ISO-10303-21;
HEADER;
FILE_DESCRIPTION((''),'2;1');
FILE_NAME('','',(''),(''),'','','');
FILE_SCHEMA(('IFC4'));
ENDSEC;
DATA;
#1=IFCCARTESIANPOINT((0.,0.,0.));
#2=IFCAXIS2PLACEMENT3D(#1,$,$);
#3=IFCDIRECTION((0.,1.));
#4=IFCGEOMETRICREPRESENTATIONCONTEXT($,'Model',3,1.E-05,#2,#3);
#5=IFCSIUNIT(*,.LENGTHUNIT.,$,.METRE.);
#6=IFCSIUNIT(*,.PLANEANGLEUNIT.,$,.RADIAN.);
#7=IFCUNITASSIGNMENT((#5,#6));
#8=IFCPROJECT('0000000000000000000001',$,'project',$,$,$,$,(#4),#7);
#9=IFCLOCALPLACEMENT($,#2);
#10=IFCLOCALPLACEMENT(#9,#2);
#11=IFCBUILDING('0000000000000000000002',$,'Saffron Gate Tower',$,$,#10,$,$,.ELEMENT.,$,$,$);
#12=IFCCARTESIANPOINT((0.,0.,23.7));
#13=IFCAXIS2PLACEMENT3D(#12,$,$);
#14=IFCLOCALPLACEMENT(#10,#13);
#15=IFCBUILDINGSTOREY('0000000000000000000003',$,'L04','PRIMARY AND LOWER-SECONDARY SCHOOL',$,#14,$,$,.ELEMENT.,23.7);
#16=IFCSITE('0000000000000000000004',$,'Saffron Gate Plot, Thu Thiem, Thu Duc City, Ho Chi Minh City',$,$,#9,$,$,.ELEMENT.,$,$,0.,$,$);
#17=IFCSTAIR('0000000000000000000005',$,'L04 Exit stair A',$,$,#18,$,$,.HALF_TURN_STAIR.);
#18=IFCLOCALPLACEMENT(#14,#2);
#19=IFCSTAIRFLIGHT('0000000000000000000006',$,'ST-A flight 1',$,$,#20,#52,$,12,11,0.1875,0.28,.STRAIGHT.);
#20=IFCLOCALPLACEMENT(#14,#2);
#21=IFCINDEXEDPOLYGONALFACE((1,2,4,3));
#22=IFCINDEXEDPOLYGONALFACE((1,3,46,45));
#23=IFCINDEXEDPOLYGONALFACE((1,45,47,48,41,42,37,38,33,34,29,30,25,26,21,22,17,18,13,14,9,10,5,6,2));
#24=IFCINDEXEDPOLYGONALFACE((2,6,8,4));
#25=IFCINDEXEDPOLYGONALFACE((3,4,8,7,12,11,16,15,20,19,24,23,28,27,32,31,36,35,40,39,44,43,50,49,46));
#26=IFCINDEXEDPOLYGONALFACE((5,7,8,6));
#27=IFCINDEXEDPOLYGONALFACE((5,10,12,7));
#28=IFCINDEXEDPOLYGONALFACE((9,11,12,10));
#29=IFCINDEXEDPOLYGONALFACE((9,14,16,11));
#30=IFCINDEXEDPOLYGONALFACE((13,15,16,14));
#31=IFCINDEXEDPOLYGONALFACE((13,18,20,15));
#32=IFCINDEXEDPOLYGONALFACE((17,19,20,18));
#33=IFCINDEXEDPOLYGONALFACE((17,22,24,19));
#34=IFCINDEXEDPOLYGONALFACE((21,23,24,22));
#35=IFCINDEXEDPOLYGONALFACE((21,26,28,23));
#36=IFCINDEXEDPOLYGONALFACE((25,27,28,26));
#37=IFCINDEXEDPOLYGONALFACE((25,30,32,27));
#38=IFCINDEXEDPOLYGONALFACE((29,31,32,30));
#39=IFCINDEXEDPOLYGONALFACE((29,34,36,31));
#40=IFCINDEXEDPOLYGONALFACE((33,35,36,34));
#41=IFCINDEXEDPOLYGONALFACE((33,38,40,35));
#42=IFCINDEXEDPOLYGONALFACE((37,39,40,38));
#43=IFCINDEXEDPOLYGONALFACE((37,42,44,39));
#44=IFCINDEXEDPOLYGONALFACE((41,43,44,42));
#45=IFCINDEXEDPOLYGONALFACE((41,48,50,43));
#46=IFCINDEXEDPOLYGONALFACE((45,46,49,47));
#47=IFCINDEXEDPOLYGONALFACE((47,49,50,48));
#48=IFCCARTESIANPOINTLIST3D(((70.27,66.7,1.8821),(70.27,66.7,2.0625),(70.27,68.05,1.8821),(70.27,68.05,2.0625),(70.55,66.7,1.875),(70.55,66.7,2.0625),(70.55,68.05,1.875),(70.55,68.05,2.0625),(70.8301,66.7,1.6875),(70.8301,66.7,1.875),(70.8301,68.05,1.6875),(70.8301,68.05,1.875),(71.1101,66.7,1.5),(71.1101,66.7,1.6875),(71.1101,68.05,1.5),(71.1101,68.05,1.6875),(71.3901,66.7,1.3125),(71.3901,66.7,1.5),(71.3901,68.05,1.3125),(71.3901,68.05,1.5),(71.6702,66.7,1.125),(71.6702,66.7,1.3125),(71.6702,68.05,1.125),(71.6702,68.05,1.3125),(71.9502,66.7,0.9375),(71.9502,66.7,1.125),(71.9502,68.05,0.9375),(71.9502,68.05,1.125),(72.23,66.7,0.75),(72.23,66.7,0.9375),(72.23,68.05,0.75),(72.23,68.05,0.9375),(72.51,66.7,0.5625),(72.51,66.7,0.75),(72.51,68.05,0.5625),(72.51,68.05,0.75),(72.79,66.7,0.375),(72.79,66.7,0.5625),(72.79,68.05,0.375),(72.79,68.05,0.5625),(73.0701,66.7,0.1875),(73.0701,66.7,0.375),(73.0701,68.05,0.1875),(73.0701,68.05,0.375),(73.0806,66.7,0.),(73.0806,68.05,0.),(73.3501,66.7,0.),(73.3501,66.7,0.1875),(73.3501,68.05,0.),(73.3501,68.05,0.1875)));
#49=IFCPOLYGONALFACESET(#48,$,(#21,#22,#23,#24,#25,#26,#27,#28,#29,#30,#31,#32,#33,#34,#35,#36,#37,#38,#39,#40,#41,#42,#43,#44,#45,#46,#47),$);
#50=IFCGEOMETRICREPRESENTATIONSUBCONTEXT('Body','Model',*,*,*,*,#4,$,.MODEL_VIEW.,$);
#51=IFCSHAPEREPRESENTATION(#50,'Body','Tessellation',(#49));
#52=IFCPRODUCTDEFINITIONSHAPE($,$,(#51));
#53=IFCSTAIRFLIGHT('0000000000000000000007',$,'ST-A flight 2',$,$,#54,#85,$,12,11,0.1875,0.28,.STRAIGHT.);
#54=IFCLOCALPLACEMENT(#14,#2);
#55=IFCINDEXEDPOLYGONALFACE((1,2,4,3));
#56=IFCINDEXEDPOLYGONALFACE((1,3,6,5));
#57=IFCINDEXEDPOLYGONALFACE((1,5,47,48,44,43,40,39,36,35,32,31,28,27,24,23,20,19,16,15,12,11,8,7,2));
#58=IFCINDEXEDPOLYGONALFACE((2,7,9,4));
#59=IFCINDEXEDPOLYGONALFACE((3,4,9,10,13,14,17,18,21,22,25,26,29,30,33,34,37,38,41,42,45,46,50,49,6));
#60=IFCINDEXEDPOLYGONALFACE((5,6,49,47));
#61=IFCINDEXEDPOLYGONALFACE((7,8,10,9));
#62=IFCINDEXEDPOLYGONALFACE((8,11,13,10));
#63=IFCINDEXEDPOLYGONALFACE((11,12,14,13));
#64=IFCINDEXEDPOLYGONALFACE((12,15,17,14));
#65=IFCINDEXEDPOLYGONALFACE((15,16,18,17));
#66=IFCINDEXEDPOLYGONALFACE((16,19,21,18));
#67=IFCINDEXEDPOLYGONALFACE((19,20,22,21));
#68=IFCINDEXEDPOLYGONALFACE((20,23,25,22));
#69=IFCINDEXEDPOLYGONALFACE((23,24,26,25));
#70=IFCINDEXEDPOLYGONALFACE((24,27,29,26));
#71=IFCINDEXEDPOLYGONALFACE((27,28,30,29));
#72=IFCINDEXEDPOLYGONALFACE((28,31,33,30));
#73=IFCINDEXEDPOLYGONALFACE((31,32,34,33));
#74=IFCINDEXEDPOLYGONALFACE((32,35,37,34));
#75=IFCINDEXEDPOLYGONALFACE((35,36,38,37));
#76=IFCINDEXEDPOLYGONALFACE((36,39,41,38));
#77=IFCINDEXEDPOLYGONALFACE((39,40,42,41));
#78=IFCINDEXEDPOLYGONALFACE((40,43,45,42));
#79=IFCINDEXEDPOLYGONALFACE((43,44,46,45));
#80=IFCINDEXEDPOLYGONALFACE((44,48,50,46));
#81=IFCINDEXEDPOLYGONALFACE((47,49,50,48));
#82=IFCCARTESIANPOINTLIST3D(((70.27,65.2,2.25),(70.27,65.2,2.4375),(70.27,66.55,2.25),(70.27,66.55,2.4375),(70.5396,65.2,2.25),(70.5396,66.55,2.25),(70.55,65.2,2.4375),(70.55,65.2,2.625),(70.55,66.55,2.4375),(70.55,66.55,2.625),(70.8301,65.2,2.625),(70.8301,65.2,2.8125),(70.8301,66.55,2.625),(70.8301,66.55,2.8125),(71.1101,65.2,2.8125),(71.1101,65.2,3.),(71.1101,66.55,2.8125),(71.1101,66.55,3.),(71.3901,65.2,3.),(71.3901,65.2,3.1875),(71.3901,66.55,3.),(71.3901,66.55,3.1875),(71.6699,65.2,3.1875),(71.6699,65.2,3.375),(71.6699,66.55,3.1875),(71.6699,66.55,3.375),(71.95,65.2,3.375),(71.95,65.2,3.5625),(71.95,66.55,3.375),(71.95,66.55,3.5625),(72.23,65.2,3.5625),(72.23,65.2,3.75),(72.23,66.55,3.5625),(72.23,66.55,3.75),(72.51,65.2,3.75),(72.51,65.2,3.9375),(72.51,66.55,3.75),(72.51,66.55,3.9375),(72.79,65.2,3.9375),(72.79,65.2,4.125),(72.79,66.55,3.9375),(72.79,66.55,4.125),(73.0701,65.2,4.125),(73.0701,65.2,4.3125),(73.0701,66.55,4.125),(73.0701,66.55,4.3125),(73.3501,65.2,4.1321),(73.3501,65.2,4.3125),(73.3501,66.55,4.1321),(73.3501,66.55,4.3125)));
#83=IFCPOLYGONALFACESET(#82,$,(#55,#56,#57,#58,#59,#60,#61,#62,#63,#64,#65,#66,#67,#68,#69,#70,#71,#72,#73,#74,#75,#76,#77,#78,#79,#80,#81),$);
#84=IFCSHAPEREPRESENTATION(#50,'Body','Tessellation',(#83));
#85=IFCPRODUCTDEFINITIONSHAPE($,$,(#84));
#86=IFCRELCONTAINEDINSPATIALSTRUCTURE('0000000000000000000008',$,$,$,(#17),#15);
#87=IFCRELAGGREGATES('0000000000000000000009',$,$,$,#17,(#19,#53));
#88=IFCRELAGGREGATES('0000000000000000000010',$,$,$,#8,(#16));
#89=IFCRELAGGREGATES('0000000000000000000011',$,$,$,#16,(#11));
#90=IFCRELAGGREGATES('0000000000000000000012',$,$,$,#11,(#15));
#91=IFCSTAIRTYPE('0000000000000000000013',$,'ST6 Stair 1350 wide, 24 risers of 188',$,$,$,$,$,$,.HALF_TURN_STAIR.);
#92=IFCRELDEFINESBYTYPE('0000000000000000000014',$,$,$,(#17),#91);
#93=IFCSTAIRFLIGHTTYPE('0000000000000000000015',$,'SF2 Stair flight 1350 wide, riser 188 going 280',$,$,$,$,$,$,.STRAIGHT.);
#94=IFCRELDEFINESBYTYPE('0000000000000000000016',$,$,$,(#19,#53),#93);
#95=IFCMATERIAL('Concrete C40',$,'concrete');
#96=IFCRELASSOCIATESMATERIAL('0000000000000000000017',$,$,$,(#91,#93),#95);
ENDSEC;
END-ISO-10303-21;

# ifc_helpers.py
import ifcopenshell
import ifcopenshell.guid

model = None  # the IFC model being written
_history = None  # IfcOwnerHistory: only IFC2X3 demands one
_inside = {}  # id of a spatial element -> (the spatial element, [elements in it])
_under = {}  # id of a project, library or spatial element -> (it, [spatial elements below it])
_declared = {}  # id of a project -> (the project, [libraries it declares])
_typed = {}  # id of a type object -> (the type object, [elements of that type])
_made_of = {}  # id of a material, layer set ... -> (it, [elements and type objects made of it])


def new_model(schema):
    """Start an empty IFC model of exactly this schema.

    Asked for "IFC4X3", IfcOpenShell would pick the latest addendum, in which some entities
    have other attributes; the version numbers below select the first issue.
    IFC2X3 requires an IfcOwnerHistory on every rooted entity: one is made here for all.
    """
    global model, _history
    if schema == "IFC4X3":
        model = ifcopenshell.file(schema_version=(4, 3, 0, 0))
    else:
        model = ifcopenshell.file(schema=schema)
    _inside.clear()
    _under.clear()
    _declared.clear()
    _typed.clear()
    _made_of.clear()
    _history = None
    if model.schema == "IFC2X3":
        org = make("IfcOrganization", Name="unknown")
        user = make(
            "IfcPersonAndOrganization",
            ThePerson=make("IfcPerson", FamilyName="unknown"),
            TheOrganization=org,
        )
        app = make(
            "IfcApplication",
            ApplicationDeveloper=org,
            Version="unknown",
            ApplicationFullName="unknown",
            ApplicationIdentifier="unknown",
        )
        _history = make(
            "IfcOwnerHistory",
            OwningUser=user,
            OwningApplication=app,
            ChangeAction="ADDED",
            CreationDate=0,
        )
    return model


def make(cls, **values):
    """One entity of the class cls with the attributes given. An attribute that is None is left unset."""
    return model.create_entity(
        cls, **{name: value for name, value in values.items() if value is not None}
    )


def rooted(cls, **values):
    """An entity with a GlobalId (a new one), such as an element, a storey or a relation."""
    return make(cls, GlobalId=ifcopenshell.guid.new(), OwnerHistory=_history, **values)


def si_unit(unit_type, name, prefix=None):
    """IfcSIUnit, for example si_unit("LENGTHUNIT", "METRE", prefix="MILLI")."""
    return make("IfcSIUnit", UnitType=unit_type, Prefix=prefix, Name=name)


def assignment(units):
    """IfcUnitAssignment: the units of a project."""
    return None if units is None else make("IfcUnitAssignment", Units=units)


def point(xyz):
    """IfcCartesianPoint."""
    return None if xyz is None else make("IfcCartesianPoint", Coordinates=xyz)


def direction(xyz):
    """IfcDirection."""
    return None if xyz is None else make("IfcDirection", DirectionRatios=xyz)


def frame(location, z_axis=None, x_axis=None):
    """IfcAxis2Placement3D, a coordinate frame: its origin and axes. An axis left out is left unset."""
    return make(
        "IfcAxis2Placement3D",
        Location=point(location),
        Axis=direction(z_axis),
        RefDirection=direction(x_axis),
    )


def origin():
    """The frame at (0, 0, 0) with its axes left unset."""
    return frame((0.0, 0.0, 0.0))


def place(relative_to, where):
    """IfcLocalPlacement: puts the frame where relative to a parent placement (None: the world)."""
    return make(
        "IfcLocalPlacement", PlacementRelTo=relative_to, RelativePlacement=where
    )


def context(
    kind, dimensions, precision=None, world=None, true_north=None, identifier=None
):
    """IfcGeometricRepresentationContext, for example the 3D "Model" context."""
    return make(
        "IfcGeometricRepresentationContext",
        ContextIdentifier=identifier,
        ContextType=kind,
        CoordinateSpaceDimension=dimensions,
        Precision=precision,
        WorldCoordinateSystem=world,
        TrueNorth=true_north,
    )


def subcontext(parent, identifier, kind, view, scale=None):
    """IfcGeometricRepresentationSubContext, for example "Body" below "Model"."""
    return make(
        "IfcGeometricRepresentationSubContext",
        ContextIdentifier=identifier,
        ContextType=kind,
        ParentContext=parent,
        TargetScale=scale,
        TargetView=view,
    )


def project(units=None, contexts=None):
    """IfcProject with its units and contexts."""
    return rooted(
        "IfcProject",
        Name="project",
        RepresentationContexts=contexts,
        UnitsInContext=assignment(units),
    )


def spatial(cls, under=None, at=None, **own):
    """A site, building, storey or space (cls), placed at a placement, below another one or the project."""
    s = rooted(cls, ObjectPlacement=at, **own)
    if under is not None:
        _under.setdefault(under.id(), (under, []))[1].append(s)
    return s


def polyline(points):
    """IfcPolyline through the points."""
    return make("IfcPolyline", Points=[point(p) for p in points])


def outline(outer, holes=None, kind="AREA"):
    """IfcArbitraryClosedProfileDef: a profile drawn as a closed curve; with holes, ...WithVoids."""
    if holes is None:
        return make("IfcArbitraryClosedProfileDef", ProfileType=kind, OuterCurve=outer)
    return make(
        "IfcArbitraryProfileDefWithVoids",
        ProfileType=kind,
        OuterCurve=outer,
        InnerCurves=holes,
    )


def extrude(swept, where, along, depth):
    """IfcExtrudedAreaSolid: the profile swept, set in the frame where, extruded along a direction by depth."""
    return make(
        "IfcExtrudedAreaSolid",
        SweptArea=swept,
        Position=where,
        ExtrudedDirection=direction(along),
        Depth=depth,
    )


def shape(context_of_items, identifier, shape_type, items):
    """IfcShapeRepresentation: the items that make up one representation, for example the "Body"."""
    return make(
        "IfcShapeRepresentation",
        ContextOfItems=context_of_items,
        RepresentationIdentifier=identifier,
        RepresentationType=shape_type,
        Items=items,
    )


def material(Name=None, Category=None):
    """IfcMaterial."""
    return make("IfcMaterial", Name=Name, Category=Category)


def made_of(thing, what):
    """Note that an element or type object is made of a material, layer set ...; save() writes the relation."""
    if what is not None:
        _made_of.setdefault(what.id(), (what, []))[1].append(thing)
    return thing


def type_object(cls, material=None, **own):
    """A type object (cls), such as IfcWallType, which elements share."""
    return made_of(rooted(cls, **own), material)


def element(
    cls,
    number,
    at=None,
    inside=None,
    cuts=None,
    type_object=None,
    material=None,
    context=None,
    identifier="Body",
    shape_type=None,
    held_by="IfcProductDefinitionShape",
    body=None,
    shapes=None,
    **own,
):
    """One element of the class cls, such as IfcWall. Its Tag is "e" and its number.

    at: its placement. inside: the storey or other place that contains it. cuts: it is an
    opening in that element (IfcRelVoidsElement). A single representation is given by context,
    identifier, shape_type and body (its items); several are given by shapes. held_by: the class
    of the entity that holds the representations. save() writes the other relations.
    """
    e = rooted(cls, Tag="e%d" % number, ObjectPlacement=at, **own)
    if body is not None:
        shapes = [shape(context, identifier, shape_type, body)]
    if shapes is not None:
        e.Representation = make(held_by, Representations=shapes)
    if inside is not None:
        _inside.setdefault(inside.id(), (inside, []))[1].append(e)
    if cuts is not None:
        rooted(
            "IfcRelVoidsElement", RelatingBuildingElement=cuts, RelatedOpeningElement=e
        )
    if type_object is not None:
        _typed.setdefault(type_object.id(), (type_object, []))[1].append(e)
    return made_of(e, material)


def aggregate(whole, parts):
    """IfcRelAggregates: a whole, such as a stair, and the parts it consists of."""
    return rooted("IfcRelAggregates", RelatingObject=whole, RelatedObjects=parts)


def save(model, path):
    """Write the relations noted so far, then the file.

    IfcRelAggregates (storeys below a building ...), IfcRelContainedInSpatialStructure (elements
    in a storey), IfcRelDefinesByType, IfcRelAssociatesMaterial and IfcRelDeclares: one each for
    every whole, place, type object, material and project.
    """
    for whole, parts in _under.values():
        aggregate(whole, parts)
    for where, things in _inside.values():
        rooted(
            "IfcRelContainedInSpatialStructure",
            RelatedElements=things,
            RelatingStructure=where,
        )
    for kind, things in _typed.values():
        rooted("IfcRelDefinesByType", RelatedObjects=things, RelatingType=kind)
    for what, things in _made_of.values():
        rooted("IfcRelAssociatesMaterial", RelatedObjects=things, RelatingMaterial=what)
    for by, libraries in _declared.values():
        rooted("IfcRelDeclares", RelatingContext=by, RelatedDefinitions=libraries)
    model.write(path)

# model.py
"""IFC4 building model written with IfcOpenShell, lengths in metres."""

from ifc_helpers import new_model, si_unit, direction, frame, origin, place, context, subcontext, project, spatial, polyline, outline, extrude, material, type_object, element, aggregate, save


model = new_model("IFC4")

# Units and contexts
model_context = context("Model", 3, precision=1e-05, world=origin(), true_north=direction((0.0, 1.0)))
body_context = subcontext(model_context, "Body", "Model", "MODEL_VIEW")
ifc_project = project(units=[si_unit("LENGTHUNIT", "METRE"), si_unit("PLANEANGLEUNIT", "RADIAN")], contexts=[model_context])

# Site, building, storey
site_placement = place(None, origin())
site = spatial("IfcSite", under=ifc_project, at=site_placement, Name="Saffron Gate Plot, Thu Thiem, Thu Duc City, Ho Chi Minh City", CompositionType="ELEMENT", RefElevation=0.0)
building_placement = place(site_placement, origin())
building = spatial("IfcBuilding", under=site, at=building_placement, Name="Saffron Gate Tower", CompositionType="ELEMENT")
storey_placement = place(building_placement, frame((0.0, 0.0, 23.7)))
storey = spatial("IfcBuildingStorey", under=building, at=storey_placement, Name="L04", Description="PRIMARY AND LOWER-SECONDARY SCHOOL", CompositionType="ELEMENT", Elevation=23.7)

# Stair, stair flights
ifc_material_1 = material(Name="Concrete C40", Category="concrete")
stair_type = type_object("IfcStairType", Name="ST6 Stair 1350 wide, 24 risers of 188", PredefinedType="HALF_TURN_STAIR", material=ifc_material_1)
stair_placement = place(storey_placement, origin())
stair = element("IfcStair", 1, at=stair_placement, inside=storey, type_object=stair_type, Name="L04 Exit stair A", PredefinedType="HALF_TURN_STAIR")
stair_flight_type = type_object("IfcStairFlightType", Name="SF2 Stair flight 1350 wide, riser 188 going 280", PredefinedType="STRAIGHT", material=ifc_material_1)
stair_flight_1_placement = place(storey_placement, frame((73.3501, 67.375, 0.0), z_axis=(0.0, 0.0, 1.0), x_axis=(-1.0, 0.0, 0.0)))
stair_flight_1 = element("IfcStairFlight", 2, at=stair_flight_1_placement, type_object=stair_flight_type, Name="ST-A flight 1", NumberOfRisers=12, NumberOfTreads=11, PredefinedType="STRAIGHT", RiserHeight=0.1875, TreadLength=0.28, context=body_context, shape_type="SweptSolid", body=[
    extrude(outline(polyline([(0.0, 0.0), (0.0, 0.1875), (0.28, 0.1875), (0.28, 0.375), (0.5601, 0.375), (0.5601, 0.5625), (0.8401, 0.5625), (0.8401, 0.75), (1.1201, 0.75), (1.1201, 0.9375), (1.3999, 0.9375), (1.3999, 1.125), (1.6799, 1.125), (1.6799, 1.3125), (1.96, 1.3125), (1.96, 1.5), (2.24, 1.5), (2.24, 1.6875), (2.52, 1.6875), (2.52, 1.875), (2.8, 1.875), (2.8, 2.0625), (3.0801, 2.0625), (3.0801, 2.25), (3.0801, 1.8821), (0.2695, 0.0), (0.0, 0.0)])), frame((0.0, 0.675, 0.0), z_axis=(0.0, -1.0, 0.0), x_axis=(1.0, 0.0, 0.0)), (0.0, 0.0, 1.0), 1.3501),
])
stair_flight_2_placement = place(storey_placement, frame((70.27, 65.875, 2.25), z_axis=(0.0, 0.0, 1.0), x_axis=(1.0, 0.0, 0.0)))
stair_flight_2 = element("IfcStairFlight", 3, at=stair_flight_2_placement, type_object=stair_flight_type, Name="ST-A flight 2", NumberOfRisers=12, NumberOfTreads=11, PredefinedType="STRAIGHT", RiserHeight=0.1875, TreadLength=0.28, context=body_context, shape_type="SweptSolid", body=[
    extrude(outline(polyline([(0.0, 0.0), (0.0, 0.1875), (0.28, 0.1875), (0.28, 0.375), (0.5601, 0.375), (0.5601, 0.5625), (0.8401, 0.5625), (0.8401, 0.75), (1.1201, 0.75), (1.1201, 0.9375), (1.3999, 0.9375), (1.3999, 1.125), (1.6799, 1.125), (1.6799, 1.3125), (1.96, 1.3125), (1.96, 1.5), (2.24, 1.5), (2.24, 1.6875), (2.52, 1.6875), (2.52, 1.875), (2.8, 1.875), (2.8, 2.0625), (3.0801, 2.0625), (3.0801, 2.25), (3.0801, 1.8821), (0.2695, 0.0), (0.0, 0.0)])), frame((0.0, 0.675, 0.0), z_axis=(0.0, -1.0, 0.0), x_axis=(1.0, 0.0, 0.0)), (0.0, 0.0, 1.0), 1.3501),
])
aggregate(stair, [stair_flight_1, stair_flight_2])

save(model, "model.ifc")
